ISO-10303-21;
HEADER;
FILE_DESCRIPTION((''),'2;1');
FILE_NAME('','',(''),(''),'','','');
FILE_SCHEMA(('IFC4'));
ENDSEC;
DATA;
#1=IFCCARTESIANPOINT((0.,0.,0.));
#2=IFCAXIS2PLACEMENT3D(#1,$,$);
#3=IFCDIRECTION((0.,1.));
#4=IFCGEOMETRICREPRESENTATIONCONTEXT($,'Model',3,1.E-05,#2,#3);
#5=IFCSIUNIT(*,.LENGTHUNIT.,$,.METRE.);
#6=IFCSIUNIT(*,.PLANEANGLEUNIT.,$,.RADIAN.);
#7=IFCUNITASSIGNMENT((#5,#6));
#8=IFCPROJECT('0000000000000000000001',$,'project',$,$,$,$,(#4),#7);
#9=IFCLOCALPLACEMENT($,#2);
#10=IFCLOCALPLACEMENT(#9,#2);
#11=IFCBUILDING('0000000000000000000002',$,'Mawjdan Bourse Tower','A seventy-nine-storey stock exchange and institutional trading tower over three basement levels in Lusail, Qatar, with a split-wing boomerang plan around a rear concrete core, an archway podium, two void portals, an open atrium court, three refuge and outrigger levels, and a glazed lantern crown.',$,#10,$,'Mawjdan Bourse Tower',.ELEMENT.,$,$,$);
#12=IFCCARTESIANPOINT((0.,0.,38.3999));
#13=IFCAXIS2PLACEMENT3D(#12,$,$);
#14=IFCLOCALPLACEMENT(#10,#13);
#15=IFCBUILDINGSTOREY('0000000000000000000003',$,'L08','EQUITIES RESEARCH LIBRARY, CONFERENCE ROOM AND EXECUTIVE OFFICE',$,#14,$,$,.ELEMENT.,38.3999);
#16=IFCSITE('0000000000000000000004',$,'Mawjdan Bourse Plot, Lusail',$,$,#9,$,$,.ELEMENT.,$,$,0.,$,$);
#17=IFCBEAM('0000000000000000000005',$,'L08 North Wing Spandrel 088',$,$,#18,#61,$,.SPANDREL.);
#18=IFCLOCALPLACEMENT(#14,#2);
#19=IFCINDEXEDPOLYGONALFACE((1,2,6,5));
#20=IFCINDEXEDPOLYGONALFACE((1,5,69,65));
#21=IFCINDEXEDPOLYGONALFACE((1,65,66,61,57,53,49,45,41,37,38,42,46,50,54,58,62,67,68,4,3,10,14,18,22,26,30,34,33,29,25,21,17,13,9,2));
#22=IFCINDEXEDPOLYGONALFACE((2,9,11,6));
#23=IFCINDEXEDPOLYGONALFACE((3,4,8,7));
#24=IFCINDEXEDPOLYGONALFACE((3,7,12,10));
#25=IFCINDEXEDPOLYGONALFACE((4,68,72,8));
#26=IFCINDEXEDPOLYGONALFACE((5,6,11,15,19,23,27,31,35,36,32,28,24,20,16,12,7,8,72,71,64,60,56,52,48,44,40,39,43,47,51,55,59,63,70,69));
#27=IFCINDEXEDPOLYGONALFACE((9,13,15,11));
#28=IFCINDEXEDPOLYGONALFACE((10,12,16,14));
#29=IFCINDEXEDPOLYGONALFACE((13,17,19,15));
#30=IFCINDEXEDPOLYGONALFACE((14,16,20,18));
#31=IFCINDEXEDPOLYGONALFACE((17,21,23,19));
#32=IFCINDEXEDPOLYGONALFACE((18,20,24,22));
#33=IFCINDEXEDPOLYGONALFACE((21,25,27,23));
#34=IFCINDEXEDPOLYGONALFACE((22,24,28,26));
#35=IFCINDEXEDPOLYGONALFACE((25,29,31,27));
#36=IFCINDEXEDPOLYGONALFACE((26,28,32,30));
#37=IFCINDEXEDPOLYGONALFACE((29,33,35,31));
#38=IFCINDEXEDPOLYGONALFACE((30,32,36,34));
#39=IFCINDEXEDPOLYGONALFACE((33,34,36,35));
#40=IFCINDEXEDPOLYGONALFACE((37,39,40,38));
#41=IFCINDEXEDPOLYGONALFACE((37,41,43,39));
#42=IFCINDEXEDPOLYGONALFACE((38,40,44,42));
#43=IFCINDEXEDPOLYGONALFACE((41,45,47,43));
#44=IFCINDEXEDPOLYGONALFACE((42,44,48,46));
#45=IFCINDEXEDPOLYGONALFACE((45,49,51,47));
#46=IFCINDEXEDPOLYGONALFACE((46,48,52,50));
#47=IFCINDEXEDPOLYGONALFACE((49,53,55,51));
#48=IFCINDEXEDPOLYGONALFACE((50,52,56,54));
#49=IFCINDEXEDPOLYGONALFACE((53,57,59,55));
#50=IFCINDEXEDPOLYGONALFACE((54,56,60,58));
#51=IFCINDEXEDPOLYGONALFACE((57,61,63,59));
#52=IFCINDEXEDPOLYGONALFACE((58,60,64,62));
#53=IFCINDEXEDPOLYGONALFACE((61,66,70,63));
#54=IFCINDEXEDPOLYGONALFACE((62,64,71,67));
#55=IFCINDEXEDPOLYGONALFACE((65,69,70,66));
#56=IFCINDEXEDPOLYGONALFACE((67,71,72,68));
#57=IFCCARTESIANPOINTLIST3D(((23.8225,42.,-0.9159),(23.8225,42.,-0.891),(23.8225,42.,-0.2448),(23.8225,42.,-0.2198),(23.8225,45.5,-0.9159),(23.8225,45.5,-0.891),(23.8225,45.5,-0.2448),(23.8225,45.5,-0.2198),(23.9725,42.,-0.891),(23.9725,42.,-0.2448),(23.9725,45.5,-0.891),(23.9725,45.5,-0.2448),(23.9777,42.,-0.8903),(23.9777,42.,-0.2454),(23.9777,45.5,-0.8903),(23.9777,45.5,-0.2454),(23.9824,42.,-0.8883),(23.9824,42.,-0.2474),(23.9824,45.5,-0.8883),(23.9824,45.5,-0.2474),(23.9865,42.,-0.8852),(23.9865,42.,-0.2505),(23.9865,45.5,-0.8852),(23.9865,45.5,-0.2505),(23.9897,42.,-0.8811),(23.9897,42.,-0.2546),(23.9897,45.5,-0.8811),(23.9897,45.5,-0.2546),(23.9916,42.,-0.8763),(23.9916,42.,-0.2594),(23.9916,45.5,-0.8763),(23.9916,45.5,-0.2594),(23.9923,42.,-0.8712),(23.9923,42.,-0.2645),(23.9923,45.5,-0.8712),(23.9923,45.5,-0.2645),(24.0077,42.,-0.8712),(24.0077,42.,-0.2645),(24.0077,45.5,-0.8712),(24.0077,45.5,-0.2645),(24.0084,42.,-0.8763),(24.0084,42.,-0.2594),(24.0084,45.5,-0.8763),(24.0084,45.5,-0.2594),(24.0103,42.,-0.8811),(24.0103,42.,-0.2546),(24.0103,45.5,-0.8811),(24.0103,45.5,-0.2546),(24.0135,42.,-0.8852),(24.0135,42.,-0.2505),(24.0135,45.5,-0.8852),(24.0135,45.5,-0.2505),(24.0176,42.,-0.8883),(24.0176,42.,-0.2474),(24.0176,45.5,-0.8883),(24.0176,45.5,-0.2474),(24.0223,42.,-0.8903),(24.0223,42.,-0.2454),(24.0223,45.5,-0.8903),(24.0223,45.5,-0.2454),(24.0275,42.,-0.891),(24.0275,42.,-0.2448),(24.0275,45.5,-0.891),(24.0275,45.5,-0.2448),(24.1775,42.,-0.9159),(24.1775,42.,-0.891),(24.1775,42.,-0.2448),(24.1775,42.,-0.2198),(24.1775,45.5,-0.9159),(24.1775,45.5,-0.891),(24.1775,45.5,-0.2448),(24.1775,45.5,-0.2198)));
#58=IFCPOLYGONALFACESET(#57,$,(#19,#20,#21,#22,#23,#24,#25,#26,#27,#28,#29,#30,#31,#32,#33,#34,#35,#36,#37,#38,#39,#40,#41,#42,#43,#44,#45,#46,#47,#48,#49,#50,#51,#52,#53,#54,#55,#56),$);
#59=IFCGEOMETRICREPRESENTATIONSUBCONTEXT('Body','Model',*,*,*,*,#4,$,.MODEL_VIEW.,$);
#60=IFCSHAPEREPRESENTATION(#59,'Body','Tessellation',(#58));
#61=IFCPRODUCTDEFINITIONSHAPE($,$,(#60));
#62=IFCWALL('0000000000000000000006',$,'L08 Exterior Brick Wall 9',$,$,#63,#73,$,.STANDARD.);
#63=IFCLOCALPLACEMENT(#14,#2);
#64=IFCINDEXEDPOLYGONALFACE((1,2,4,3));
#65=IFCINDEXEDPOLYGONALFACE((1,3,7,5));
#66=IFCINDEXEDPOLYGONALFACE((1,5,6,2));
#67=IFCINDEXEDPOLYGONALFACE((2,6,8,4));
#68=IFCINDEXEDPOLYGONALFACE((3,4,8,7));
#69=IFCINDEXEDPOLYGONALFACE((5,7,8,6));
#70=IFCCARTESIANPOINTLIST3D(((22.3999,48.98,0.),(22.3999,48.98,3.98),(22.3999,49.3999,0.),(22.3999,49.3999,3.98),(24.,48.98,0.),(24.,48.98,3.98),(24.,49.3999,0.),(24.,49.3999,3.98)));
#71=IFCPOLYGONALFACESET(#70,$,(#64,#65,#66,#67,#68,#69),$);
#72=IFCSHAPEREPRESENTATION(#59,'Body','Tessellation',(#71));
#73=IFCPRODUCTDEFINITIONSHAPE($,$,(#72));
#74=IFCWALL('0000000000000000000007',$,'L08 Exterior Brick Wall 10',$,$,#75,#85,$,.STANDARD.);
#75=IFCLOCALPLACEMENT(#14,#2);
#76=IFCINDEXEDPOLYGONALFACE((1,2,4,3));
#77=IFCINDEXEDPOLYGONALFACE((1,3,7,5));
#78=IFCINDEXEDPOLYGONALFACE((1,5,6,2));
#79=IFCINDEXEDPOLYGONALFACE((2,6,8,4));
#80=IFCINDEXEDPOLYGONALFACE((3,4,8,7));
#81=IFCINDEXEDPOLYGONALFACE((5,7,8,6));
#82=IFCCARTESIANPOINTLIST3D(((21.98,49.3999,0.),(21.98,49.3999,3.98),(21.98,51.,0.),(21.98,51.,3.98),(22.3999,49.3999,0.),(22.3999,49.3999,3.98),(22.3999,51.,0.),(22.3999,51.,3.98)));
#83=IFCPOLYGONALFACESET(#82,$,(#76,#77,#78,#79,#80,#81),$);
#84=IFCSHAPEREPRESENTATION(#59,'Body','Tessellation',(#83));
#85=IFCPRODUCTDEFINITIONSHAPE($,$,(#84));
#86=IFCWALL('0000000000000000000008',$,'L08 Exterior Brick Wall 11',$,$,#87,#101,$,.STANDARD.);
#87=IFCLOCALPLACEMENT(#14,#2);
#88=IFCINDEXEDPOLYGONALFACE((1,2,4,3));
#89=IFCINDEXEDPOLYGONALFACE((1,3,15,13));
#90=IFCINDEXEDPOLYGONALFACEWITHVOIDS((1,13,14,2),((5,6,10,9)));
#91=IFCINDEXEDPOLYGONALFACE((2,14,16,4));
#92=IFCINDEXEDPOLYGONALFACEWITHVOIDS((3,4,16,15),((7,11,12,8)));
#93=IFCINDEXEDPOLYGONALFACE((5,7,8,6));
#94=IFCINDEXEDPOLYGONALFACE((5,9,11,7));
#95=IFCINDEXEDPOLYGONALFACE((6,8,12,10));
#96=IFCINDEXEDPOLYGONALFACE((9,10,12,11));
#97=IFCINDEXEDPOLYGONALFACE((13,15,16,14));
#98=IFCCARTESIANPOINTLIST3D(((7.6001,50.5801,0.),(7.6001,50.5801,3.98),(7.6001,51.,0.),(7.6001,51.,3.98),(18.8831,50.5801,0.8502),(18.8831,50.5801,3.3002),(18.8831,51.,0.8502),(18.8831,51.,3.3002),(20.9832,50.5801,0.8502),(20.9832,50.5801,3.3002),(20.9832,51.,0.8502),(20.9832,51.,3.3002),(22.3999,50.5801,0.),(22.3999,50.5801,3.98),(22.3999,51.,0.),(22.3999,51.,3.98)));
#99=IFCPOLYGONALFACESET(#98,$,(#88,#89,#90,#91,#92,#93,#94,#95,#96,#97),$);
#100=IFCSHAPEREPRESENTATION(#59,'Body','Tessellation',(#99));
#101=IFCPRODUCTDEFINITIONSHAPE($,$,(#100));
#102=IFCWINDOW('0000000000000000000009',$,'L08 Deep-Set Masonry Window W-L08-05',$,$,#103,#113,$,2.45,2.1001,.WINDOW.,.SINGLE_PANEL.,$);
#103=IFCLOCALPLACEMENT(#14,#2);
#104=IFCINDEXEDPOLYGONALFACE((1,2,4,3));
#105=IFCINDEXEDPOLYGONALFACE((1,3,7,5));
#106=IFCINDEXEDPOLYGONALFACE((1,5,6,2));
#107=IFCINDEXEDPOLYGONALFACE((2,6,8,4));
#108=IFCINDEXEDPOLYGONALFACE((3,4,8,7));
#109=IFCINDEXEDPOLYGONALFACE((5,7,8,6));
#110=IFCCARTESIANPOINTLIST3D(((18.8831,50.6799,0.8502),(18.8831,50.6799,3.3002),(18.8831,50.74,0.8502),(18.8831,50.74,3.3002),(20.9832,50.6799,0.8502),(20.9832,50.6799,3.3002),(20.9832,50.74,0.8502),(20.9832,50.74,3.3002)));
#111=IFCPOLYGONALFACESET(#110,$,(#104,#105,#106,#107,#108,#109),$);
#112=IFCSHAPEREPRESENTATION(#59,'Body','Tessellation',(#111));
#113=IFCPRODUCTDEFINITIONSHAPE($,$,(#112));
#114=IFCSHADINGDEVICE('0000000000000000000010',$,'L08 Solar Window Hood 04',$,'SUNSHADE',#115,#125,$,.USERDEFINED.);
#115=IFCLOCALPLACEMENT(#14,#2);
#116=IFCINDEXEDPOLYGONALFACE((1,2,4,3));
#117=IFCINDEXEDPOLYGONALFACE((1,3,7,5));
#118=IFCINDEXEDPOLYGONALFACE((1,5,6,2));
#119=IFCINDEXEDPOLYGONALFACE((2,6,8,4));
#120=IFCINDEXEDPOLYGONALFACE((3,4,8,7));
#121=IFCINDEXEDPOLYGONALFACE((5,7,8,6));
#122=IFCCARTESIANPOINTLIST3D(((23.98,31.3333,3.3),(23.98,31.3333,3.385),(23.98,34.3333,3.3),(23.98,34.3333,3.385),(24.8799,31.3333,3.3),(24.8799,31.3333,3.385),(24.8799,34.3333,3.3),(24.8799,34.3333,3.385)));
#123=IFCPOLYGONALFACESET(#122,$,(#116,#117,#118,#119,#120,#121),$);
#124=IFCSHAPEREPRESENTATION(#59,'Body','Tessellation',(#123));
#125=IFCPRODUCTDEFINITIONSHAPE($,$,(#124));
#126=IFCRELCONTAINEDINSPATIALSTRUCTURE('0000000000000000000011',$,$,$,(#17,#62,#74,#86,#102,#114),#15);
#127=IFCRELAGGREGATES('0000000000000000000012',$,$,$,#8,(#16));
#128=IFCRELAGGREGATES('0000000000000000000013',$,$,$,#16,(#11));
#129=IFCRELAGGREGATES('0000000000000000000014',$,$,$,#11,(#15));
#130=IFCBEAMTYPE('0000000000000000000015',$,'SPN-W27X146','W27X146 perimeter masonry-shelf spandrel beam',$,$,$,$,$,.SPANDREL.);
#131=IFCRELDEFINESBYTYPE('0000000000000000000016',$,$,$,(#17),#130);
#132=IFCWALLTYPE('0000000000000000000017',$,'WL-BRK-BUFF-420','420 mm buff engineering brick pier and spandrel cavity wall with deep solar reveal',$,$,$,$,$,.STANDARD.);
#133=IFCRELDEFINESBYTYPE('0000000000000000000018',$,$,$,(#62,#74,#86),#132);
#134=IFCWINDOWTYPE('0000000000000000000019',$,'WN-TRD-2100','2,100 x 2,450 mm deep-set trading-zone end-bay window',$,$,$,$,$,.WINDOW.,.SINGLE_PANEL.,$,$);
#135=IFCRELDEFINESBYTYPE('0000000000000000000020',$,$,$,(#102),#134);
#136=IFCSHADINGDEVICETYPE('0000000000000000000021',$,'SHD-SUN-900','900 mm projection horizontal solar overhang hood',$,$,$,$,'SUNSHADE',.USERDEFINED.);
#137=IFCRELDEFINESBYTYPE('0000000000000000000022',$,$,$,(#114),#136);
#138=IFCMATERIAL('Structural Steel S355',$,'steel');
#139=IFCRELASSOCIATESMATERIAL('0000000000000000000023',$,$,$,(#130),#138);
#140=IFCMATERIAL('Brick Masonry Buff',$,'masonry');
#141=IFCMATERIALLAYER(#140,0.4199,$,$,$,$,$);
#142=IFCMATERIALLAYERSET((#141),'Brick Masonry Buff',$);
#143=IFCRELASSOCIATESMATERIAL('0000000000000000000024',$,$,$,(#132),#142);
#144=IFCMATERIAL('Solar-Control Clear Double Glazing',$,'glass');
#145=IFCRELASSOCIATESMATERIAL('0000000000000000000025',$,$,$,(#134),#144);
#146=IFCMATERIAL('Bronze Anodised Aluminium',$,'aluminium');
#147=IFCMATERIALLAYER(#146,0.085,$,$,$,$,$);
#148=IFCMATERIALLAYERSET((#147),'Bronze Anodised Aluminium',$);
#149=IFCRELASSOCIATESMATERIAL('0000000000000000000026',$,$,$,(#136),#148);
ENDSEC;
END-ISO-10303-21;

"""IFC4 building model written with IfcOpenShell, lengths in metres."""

from ifc_helpers import new_model, si_unit, direction, frame, frame_2d, origin, origin_2d, place, context, subcontext, project, spatial, rectangle, i_section, extrude, material, layer, layer_set, material_profile, profile_set, type_object, element, fill, save


model = new_model("IFC4")

# Units and contexts
model_context = context("Model", 3, precision=1e-05, world=origin(), true_north=direction((0.0, 1.0)))
body_context = subcontext(model_context, "Body", "Model", "MODEL_VIEW")
ifc_project = project(units=[si_unit("LENGTHUNIT", "METRE"), si_unit("PLANEANGLEUNIT", "RADIAN")], contexts=[model_context])

# Site, building, storey
site_placement = place(None, origin())
site = spatial("IfcSite", under=ifc_project, at=site_placement, Name="Mawjdan Bourse Plot, Lusail", CompositionType="ELEMENT", RefElevation=0.0)
building_placement = place(site_placement, origin())
building = spatial("IfcBuilding", under=site, at=building_placement, Name="Mawjdan Bourse Tower", Description="A seventy-nine-storey stock exchange and institutional trading tower over three basement levels in Lusail, Qatar, with a split-wing boomerang plan around a rear concrete core, an archway podium, two void portals, an open atrium court, three refuge and outrigger levels, and a glazed lantern crown.", LongName="Mawjdan Bourse Tower", CompositionType="ELEMENT")
storey_placement = place(building_placement, frame((0.0, 0.0, 38.3999)))
storey = spatial("IfcBuildingStorey", under=building, at=storey_placement, Name="L08", Description="EQUITIES RESEARCH LIBRARY, CONFERENCE ROOM AND EXECUTIVE OFFICE", CompositionType="ELEMENT", Elevation=38.3999)

# Beam
ifc_material_1 = material(Name="Structural Steel S355", Category="steel")
ifc_material_profile_1 = material_profile(ifc_material_1, i_section(OverallWidth=0.355, OverallDepth=0.696, WebThickness=0.0154, FlangeThickness=0.0249, FilletRadius=0.0198, at=origin_2d()), Name="W27X146")
ifc_profile_set_1 = profile_set([ifc_material_profile_1], Name="Structural Steel S355")
beam_type_1 = type_object("IfcBeamType", Name="SPN-W27X146", Description="W27X146 perimeter masonry-shelf spandrel beam", PredefinedType="SPANDREL", material=ifc_profile_set_1)
beam_1_placement = place(storey_placement, frame((24.0, 42.0, -0.5679), z_axis=(0.0, 1.0, 0.0), x_axis=(-1.0, 0.0, 0.0)))
element("IfcBeam", 1, at=beam_1_placement, inside=storey, type_object=beam_type_1, Name="L08 North Wing Spandrel 088", PredefinedType="SPANDREL", context=body_context, shape_type="SweptSolid", body=[
    extrude(i_section(OverallWidth=0.355, OverallDepth=0.696, WebThickness=0.0154, FlangeThickness=0.0249, FilletRadius=0.0198, at=origin_2d()), origin(), (0.0, 0.0, 1.0), 3.5),
])

# Walls
ifc_material_2 = material(Name="Brick Masonry Buff", Category="masonry")
ifc_layer_1 = layer(ifc_material_2, 0.4199)
ifc_layer_set_1 = layer_set([ifc_layer_1], Name="Brick Masonry Buff")
wall_type = type_object("IfcWallType", Name="WL-BRK-BUFF-420", Description="420 mm buff engineering brick pier and spandrel cavity wall with deep solar reveal", PredefinedType="STANDARD", material=ifc_layer_set_1)
for number, where, z_axis, x_axis, name in (
    (2, (24.0, 49.1899, 0.0), (0.0, 0.0, 1.0), (-1.0, 0.0, 0.0), "L08 Exterior Brick Wall 9"),
    (3, (22.1899, 49.3999, 0.0), (0.0, 0.0, 1.0), (0.0, 1.0, 0.0), "L08 Exterior Brick Wall 10"),
):
    element("IfcWall", number, at=place(storey_placement, frame(where, z_axis=z_axis, x_axis=x_axis)), inside=storey, type_object=wall_type, Name=name, PredefinedType="STANDARD", context=body_context, shape_type="SweptSolid", body=[
        extrude(rectangle(XDim=1.6001, YDim=0.4199, at=frame_2d((0.8, 0.0))), origin(), (0.0, 0.0, 1.0), 3.98),
    ])

# Wall, opening, window
wall_placement = place(storey_placement, frame((22.3999, 50.79, 0.0), z_axis=(0.0, 0.0, 1.0), x_axis=(-1.0, 0.0, 0.0)))
wall = element("IfcWall", 4, at=wall_placement, inside=storey, type_object=wall_type, Name="L08 Exterior Brick Wall 11", PredefinedType="STANDARD", context=body_context, shape_type="SweptSolid", body=[
    extrude(rectangle(XDim=14.7998, YDim=0.4199, at=frame_2d((7.3999, 0.0))), origin(), (0.0, 0.0, 1.0), 3.98),
])
opening_placement = place(wall_placement, frame((1.4167, 0.0, 0.8501)))
opening = element("IfcOpeningElement", 5, at=opening_placement, cuts=wall, PredefinedType="OPENING", context=body_context, shape_type="SweptSolid", body=[
    extrude(rectangle(XDim=2.1001, YDim=2.45, at=frame_2d((1.05, 1.2251))), frame((0.0, 0.22, 0.0), z_axis=(0.0, -1.0, 0.0), x_axis=(1.0, 0.0, 0.0)), (0.0, 0.0, 1.0), 0.4399),
])
ifc_material_3 = material(Name="Solar-Control Clear Double Glazing", Category="glass")
window_type = type_object("IfcWindowType", Name="WN-TRD-2100", Description="2,100 x 2,450 mm deep-set trading-zone end-bay window", PartitioningType="SINGLE_PANEL", PredefinedType="WINDOW", material=ifc_material_3)
window_placement = place(opening_placement, origin())
window = element("IfcWindow", 6, at=window_placement, inside=storey, type_object=window_type, Name="L08 Deep-Set Masonry Window W-L08-05", OverallHeight=2.45, OverallWidth=2.1001, PartitioningType="SINGLE_PANEL", PredefinedType="WINDOW", context=body_context, shape_type="SweptSolid", body=[
    extrude(rectangle(XDim=2.1001, YDim=2.45, at=frame_2d((1.05, 1.2251))), frame((0.0, 0.1101, 0.0), z_axis=(0.0, -1.0, 0.0), x_axis=(1.0, 0.0, 0.0)), (0.0, 0.0, 1.0), 0.0601),
])
fill(opening, window)

# Shading device
ifc_material_4 = material(Name="Bronze Anodised Aluminium", Category="aluminium")
ifc_layer_2 = layer(ifc_material_4, 0.085)
ifc_layer_set_2 = layer_set([ifc_layer_2], Name="Bronze Anodised Aluminium")
shading_device_type = type_object("IfcShadingDeviceType", Name="SHD-SUN-900", Description="900 mm projection horizontal solar overhang hood", ElementType="SUNSHADE", PredefinedType="USERDEFINED", material=ifc_layer_set_2)
shading_device_placement = place(storey_placement, frame((24.4299, 32.8333, 3.3), z_axis=(0.0, 0.0, 1.0), x_axis=(0.0, 1.0, 0.0)))
element("IfcShadingDevice", 7, at=shading_device_placement, inside=storey, type_object=shading_device_type, Name="L08 Solar Window Hood 04", ObjectType="SUNSHADE", PredefinedType="USERDEFINED", context=body_context, shape_type="SweptSolid", body=[
    extrude(rectangle(XDim=3.0, YDim=0.8999, at=origin_2d()), origin(), (0.0, 0.0, 1.0), 0.085),
])

save(model, "model.ifc")
